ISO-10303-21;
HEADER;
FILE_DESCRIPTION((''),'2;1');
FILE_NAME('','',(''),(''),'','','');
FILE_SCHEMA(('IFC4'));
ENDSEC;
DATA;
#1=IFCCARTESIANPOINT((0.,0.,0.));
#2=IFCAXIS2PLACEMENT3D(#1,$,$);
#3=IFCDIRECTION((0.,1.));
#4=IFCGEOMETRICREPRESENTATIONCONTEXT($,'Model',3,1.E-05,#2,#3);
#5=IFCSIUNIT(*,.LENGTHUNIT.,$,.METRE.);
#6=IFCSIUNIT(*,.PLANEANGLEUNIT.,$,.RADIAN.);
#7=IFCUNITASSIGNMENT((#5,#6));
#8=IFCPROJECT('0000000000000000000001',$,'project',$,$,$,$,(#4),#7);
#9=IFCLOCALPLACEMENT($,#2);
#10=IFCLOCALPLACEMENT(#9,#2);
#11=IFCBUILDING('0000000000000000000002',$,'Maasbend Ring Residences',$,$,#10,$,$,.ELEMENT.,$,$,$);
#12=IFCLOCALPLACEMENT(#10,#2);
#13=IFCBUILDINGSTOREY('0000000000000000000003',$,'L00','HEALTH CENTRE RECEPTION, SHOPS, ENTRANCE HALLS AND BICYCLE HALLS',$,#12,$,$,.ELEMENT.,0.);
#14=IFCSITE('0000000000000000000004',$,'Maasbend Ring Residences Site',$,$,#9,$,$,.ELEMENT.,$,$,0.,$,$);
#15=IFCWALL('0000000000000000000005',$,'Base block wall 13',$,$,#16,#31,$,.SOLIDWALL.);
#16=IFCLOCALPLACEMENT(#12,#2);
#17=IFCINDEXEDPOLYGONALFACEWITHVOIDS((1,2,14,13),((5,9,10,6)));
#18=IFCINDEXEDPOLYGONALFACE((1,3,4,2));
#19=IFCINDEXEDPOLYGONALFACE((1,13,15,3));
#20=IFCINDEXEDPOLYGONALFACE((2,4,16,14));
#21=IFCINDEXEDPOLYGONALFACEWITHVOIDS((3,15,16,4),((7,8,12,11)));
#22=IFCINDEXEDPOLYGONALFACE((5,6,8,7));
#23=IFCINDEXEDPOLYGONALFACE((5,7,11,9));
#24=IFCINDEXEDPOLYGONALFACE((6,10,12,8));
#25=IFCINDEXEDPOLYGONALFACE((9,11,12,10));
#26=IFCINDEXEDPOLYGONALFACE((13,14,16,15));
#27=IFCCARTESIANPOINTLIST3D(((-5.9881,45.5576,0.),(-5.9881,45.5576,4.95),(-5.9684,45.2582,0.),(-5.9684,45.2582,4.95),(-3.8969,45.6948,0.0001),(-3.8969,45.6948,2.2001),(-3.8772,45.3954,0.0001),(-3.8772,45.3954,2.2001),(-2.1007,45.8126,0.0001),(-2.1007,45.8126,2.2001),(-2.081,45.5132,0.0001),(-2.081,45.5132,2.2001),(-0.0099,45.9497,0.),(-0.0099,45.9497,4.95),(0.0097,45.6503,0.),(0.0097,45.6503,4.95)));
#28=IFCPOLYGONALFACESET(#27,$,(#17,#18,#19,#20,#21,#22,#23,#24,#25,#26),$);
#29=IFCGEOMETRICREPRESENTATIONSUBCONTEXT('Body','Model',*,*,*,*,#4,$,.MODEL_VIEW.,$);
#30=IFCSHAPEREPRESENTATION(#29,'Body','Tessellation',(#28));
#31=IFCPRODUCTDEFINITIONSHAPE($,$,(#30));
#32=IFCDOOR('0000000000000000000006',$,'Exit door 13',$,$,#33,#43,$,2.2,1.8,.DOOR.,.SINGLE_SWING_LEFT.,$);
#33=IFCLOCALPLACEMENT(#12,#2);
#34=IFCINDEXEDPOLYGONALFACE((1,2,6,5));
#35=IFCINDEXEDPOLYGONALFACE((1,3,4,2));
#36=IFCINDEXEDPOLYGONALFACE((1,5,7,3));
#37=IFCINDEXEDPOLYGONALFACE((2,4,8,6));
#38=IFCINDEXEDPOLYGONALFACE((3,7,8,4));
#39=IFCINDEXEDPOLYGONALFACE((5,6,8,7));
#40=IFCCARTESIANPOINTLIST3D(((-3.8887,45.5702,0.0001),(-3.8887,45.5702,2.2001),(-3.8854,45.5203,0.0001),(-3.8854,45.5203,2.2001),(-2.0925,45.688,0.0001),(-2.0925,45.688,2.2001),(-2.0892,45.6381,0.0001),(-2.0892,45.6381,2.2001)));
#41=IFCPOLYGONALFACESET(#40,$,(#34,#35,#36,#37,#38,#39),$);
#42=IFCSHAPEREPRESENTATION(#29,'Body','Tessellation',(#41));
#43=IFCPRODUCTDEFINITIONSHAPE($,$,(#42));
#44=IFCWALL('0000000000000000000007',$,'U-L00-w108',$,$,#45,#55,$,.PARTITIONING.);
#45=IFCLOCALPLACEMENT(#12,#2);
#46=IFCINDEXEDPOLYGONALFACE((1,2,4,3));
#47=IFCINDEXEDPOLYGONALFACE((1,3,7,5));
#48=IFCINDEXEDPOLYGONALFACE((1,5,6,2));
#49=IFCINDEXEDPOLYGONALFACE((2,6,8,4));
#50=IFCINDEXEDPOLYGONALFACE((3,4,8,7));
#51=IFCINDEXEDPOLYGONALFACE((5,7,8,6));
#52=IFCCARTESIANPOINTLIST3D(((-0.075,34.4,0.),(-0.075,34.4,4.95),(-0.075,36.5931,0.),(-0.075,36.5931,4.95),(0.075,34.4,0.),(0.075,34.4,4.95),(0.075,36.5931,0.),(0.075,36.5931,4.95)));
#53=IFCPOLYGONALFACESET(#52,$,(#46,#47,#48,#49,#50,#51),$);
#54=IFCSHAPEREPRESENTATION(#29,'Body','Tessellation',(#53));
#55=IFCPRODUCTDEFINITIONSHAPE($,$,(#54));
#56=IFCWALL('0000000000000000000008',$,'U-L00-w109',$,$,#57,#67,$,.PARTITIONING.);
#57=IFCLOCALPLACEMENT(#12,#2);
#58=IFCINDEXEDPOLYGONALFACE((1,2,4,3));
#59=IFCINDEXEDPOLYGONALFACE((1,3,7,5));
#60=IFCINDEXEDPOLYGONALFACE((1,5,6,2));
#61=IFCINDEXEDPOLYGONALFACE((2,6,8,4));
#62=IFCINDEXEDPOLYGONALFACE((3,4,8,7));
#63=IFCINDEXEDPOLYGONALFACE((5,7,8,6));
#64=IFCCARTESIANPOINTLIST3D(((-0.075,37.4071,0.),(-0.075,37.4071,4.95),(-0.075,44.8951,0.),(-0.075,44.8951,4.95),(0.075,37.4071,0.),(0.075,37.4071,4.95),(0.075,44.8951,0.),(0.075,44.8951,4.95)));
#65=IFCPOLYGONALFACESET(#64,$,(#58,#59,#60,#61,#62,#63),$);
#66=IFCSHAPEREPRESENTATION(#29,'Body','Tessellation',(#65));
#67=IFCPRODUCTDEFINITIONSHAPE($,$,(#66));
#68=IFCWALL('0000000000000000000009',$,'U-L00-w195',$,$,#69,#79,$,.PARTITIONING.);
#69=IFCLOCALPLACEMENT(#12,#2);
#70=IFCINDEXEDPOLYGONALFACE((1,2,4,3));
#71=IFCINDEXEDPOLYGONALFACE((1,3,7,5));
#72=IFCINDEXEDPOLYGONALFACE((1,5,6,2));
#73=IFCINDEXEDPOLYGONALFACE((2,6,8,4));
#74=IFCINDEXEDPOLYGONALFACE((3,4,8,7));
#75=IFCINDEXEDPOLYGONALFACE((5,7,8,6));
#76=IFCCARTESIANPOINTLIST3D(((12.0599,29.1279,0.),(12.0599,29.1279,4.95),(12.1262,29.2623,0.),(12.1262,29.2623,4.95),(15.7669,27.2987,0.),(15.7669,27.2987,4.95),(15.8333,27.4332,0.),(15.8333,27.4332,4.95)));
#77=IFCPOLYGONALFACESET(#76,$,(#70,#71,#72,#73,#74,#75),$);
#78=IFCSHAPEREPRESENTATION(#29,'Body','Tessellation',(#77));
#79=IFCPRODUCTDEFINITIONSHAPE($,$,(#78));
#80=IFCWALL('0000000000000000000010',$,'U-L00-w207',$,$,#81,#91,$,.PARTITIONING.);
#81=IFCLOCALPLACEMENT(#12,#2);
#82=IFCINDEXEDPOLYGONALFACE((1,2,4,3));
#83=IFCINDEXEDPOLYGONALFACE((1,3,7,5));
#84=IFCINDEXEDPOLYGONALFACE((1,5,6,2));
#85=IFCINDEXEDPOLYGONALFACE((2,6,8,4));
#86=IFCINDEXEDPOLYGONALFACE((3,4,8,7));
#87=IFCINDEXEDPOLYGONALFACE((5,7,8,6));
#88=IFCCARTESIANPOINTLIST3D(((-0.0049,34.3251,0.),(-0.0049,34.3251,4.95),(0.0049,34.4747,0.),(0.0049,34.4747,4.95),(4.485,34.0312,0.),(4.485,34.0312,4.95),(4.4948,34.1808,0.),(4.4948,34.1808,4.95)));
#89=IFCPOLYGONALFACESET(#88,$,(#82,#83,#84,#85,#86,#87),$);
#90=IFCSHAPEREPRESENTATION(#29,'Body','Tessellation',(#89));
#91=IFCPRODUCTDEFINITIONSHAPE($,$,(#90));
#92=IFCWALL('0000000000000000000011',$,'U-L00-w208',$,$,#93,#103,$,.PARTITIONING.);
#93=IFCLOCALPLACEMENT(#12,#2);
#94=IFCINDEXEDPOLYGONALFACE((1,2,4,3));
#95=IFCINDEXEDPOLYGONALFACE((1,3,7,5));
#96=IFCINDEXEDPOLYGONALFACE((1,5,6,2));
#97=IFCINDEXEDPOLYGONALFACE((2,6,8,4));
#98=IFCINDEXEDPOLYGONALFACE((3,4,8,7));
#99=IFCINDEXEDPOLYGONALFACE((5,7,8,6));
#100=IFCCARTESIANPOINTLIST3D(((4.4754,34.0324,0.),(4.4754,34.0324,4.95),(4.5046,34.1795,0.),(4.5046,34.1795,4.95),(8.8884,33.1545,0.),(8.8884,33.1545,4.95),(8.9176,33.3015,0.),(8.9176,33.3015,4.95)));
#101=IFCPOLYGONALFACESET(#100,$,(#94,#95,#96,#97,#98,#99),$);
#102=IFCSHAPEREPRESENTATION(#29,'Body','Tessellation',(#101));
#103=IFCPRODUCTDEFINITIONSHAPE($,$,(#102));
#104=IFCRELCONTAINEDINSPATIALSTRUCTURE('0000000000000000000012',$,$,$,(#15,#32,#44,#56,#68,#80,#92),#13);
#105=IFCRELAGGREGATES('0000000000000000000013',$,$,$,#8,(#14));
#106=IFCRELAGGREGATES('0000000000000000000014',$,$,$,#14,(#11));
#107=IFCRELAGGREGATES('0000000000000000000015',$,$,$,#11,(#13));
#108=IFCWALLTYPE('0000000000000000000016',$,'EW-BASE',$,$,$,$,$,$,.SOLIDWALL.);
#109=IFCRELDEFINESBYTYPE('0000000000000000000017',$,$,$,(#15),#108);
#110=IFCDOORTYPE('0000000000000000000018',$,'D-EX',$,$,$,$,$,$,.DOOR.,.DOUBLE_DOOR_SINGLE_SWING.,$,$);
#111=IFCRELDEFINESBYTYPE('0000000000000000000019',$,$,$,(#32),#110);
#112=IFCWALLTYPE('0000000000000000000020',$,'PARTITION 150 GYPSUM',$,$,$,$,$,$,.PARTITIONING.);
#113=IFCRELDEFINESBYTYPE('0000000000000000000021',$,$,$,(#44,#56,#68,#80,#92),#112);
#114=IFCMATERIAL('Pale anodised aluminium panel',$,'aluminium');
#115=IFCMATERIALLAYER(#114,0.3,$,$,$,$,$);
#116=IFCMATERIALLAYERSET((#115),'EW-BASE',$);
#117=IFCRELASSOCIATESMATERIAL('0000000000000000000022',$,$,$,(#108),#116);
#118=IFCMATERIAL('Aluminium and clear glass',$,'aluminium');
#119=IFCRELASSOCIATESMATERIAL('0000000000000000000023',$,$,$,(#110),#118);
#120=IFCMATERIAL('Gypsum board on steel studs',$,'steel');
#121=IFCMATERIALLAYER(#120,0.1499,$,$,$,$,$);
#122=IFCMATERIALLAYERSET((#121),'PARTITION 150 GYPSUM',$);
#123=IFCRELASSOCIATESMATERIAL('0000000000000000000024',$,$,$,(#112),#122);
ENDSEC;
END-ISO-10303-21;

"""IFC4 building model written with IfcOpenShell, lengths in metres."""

from ifc_helpers import new_model, si_unit, direction, frame, frame_2d, origin, place, context, subcontext, project, spatial, rectangle, extrude, material, layer, layer_set, type_object, element, fill, save


model = new_model("IFC4")

# Units and contexts
model_context = context("Model", 3, precision=1e-05, world=origin(), true_north=direction((0.0, 1.0)))
body_context = subcontext(model_context, "Body", "Model", "MODEL_VIEW")
ifc_project = project(units=[si_unit("LENGTHUNIT", "METRE"), si_unit("PLANEANGLEUNIT", "RADIAN")], contexts=[model_context])

# Site, building, storey
site_placement = place(None, origin())
site = spatial("IfcSite", under=ifc_project, at=site_placement, Name="Maasbend Ring Residences Site", CompositionType="ELEMENT", RefElevation=0.0)
building_placement = place(site_placement, origin())
building = spatial("IfcBuilding", under=site, at=building_placement, Name="Maasbend Ring Residences", CompositionType="ELEMENT")
storey_placement = place(building_placement, origin())
storey = spatial("IfcBuildingStorey", under=building, at=storey_placement, Name="L00", Description="HEALTH CENTRE RECEPTION, SHOPS, ENTRANCE HALLS AND BICYCLE HALLS", CompositionType="ELEMENT", Elevation=0.0)

# Shared definitions
ifc_material_1 = material(Name="Pale anodised aluminium panel", Category="aluminium")
ifc_layer_1 = layer(ifc_material_1, 0.3)
ifc_layer_set_1 = layer_set([ifc_layer_1], Name="EW-BASE")
wall_type_1 = type_object("IfcWallType", Name="EW-BASE", PredefinedType="SOLIDWALL", material=ifc_layer_set_1)

# Wall, opening, door
wall_1_placement = place(storey_placement, frame((0.0, 45.8, 0.0), z_axis=(0.0, 0.0, 1.0), x_axis=(-0.997856, -0.065448, 0.0)))
wall_1 = element("IfcWall", 1, at=wall_1_placement, inside=storey, type_object=wall_type_1, Name="Base block wall 13", PredefinedType="SOLIDWALL", context=body_context, shape_type="SweptSolid", body=[
    extrude(rectangle(XDim=5.991, YDim=0.3, at=frame_2d((2.9956, 0.0))), origin(), (0.0, 0.0, 1.0), 4.95),
])
opening_1_placement = place(wall_1_placement, frame((2.0955, 0.0, 0.0)))
opening_1 = element("IfcOpeningElement", 2, at=opening_1_placement, cuts=wall_1, PredefinedType="OPENING", context=body_context, shape_type="SweptSolid", body=[
    extrude(rectangle(XDim=1.8, YDim=2.2, at=frame_2d((0.8999, 1.1001))), frame((0.0, 0.1602, 0.0), z_axis=(0.0, -1.0, 0.0), x_axis=(1.0, 0.0, 0.0)), (0.0, 0.0, 1.0), 0.3201),
])
ifc_material_2 = material(Name="Aluminium and clear glass", Category="aluminium")
door_type_1 = type_object("IfcDoorType", Name="D-EX", OperationType="DOUBLE_DOOR_SINGLE_SWING", PredefinedType="DOOR", material=ifc_material_2)
door_1_placement = place(opening_1_placement, origin())
door_1 = element("IfcDoor", 3, at=door_1_placement, inside=storey, type_object=door_type_1, Name="Exit door 13", OperationType="SINGLE_SWING_LEFT", OverallHeight=2.2, OverallWidth=1.8, PredefinedType="DOOR", context=body_context, shape_type="SweptSolid", body=[
    extrude(rectangle(XDim=1.8, YDim=2.2, at=frame_2d((0.8999, 1.1001))), frame((0.0, 0.0249, 0.0), z_axis=(0.0, -1.0, 0.0), x_axis=(1.0, 0.0, 0.0)), (0.0, 0.0, 1.0), 0.05),
])
fill(opening_1, door_1)

# Walls
ifc_material_3 = material(Name="Gypsum board on steel studs", Category="steel")
ifc_layer_2 = layer(ifc_material_3, 0.1499)
ifc_layer_set_2 = layer_set([ifc_layer_2], Name="PARTITION 150 GYPSUM")
wall_type_2 = type_object("IfcWallType", Name="PARTITION 150 GYPSUM", PredefinedType="PARTITIONING", material=ifc_layer_set_2)
wall_2_placement = place(storey_placement, frame((0.0, 34.3999, 0.0), z_axis=(0.0, 0.0, 1.0), x_axis=(0.0, 1.0, 0.0)))
element("IfcWall", 4, at=wall_2_placement, inside=storey, type_object=wall_type_2, Name="U-L00-w108", PredefinedType="PARTITIONING", context=body_context, shape_type="SweptSolid", body=[
    extrude(rectangle(XDim=2.1931, YDim=0.1499, at=frame_2d((1.0967, 0.0))), origin(), (0.0, 0.0, 1.0), 4.95),
])
wall_3_placement = place(storey_placement, frame((0.0, 37.407, 0.0), z_axis=(0.0, 0.0, 1.0), x_axis=(0.0, 1.0, 0.0)))
element("IfcWall", 5, at=wall_3_placement, inside=storey, type_object=wall_type_2, Name="U-L00-w109", PredefinedType="PARTITIONING", context=body_context, shape_type="SweptSolid", body=[
    extrude(rectangle(XDim=7.488, YDim=0.1499, at=frame_2d((3.7441, 0.0))), origin(), (0.0, 0.0, 1.0), 4.95),
])
wall_4_placement = place(storey_placement, frame((12.093, 29.1951, 0.0), z_axis=(0.0, 0.0, 1.0), x_axis=(0.896777, -0.442483, 0.0)))
element("IfcWall", 6, at=wall_4_placement, inside=storey, type_object=wall_type_2, Name="U-L00-w195", PredefinedType="PARTITIONING", context=body_context, shape_type="SweptSolid", body=[
    extrude(rectangle(XDim=4.1338, YDim=0.1499, at=frame_2d((2.0669, 0.0))), origin(), (0.0, 0.0, 1.0), 4.95),
])
for number, where, z_axis, x_axis, name in (
    (7, (0.0, 34.3999, 0.0), (0.0, 0.0, 1.0), (0.997864, -0.065327, 0.0), "U-L00-w207"),
    (8, (4.49, 34.106, 0.0), (0.0, 0.0, 1.0), (0.980781, -0.195114, 0.0), "U-L00-w208"),
):
    element("IfcWall", number, at=place(storey_placement, frame(where, z_axis=z_axis, x_axis=x_axis)), inside=storey, type_object=wall_type_2, Name=name, PredefinedType="PARTITIONING", context=body_context, shape_type="SweptSolid", body=[
        extrude(rectangle(XDim=4.4995, YDim=0.1499, at=frame_2d((2.2498, 0.0))), origin(), (0.0, 0.0, 1.0), 4.95),
    ])

save(model, "model.ifc")
